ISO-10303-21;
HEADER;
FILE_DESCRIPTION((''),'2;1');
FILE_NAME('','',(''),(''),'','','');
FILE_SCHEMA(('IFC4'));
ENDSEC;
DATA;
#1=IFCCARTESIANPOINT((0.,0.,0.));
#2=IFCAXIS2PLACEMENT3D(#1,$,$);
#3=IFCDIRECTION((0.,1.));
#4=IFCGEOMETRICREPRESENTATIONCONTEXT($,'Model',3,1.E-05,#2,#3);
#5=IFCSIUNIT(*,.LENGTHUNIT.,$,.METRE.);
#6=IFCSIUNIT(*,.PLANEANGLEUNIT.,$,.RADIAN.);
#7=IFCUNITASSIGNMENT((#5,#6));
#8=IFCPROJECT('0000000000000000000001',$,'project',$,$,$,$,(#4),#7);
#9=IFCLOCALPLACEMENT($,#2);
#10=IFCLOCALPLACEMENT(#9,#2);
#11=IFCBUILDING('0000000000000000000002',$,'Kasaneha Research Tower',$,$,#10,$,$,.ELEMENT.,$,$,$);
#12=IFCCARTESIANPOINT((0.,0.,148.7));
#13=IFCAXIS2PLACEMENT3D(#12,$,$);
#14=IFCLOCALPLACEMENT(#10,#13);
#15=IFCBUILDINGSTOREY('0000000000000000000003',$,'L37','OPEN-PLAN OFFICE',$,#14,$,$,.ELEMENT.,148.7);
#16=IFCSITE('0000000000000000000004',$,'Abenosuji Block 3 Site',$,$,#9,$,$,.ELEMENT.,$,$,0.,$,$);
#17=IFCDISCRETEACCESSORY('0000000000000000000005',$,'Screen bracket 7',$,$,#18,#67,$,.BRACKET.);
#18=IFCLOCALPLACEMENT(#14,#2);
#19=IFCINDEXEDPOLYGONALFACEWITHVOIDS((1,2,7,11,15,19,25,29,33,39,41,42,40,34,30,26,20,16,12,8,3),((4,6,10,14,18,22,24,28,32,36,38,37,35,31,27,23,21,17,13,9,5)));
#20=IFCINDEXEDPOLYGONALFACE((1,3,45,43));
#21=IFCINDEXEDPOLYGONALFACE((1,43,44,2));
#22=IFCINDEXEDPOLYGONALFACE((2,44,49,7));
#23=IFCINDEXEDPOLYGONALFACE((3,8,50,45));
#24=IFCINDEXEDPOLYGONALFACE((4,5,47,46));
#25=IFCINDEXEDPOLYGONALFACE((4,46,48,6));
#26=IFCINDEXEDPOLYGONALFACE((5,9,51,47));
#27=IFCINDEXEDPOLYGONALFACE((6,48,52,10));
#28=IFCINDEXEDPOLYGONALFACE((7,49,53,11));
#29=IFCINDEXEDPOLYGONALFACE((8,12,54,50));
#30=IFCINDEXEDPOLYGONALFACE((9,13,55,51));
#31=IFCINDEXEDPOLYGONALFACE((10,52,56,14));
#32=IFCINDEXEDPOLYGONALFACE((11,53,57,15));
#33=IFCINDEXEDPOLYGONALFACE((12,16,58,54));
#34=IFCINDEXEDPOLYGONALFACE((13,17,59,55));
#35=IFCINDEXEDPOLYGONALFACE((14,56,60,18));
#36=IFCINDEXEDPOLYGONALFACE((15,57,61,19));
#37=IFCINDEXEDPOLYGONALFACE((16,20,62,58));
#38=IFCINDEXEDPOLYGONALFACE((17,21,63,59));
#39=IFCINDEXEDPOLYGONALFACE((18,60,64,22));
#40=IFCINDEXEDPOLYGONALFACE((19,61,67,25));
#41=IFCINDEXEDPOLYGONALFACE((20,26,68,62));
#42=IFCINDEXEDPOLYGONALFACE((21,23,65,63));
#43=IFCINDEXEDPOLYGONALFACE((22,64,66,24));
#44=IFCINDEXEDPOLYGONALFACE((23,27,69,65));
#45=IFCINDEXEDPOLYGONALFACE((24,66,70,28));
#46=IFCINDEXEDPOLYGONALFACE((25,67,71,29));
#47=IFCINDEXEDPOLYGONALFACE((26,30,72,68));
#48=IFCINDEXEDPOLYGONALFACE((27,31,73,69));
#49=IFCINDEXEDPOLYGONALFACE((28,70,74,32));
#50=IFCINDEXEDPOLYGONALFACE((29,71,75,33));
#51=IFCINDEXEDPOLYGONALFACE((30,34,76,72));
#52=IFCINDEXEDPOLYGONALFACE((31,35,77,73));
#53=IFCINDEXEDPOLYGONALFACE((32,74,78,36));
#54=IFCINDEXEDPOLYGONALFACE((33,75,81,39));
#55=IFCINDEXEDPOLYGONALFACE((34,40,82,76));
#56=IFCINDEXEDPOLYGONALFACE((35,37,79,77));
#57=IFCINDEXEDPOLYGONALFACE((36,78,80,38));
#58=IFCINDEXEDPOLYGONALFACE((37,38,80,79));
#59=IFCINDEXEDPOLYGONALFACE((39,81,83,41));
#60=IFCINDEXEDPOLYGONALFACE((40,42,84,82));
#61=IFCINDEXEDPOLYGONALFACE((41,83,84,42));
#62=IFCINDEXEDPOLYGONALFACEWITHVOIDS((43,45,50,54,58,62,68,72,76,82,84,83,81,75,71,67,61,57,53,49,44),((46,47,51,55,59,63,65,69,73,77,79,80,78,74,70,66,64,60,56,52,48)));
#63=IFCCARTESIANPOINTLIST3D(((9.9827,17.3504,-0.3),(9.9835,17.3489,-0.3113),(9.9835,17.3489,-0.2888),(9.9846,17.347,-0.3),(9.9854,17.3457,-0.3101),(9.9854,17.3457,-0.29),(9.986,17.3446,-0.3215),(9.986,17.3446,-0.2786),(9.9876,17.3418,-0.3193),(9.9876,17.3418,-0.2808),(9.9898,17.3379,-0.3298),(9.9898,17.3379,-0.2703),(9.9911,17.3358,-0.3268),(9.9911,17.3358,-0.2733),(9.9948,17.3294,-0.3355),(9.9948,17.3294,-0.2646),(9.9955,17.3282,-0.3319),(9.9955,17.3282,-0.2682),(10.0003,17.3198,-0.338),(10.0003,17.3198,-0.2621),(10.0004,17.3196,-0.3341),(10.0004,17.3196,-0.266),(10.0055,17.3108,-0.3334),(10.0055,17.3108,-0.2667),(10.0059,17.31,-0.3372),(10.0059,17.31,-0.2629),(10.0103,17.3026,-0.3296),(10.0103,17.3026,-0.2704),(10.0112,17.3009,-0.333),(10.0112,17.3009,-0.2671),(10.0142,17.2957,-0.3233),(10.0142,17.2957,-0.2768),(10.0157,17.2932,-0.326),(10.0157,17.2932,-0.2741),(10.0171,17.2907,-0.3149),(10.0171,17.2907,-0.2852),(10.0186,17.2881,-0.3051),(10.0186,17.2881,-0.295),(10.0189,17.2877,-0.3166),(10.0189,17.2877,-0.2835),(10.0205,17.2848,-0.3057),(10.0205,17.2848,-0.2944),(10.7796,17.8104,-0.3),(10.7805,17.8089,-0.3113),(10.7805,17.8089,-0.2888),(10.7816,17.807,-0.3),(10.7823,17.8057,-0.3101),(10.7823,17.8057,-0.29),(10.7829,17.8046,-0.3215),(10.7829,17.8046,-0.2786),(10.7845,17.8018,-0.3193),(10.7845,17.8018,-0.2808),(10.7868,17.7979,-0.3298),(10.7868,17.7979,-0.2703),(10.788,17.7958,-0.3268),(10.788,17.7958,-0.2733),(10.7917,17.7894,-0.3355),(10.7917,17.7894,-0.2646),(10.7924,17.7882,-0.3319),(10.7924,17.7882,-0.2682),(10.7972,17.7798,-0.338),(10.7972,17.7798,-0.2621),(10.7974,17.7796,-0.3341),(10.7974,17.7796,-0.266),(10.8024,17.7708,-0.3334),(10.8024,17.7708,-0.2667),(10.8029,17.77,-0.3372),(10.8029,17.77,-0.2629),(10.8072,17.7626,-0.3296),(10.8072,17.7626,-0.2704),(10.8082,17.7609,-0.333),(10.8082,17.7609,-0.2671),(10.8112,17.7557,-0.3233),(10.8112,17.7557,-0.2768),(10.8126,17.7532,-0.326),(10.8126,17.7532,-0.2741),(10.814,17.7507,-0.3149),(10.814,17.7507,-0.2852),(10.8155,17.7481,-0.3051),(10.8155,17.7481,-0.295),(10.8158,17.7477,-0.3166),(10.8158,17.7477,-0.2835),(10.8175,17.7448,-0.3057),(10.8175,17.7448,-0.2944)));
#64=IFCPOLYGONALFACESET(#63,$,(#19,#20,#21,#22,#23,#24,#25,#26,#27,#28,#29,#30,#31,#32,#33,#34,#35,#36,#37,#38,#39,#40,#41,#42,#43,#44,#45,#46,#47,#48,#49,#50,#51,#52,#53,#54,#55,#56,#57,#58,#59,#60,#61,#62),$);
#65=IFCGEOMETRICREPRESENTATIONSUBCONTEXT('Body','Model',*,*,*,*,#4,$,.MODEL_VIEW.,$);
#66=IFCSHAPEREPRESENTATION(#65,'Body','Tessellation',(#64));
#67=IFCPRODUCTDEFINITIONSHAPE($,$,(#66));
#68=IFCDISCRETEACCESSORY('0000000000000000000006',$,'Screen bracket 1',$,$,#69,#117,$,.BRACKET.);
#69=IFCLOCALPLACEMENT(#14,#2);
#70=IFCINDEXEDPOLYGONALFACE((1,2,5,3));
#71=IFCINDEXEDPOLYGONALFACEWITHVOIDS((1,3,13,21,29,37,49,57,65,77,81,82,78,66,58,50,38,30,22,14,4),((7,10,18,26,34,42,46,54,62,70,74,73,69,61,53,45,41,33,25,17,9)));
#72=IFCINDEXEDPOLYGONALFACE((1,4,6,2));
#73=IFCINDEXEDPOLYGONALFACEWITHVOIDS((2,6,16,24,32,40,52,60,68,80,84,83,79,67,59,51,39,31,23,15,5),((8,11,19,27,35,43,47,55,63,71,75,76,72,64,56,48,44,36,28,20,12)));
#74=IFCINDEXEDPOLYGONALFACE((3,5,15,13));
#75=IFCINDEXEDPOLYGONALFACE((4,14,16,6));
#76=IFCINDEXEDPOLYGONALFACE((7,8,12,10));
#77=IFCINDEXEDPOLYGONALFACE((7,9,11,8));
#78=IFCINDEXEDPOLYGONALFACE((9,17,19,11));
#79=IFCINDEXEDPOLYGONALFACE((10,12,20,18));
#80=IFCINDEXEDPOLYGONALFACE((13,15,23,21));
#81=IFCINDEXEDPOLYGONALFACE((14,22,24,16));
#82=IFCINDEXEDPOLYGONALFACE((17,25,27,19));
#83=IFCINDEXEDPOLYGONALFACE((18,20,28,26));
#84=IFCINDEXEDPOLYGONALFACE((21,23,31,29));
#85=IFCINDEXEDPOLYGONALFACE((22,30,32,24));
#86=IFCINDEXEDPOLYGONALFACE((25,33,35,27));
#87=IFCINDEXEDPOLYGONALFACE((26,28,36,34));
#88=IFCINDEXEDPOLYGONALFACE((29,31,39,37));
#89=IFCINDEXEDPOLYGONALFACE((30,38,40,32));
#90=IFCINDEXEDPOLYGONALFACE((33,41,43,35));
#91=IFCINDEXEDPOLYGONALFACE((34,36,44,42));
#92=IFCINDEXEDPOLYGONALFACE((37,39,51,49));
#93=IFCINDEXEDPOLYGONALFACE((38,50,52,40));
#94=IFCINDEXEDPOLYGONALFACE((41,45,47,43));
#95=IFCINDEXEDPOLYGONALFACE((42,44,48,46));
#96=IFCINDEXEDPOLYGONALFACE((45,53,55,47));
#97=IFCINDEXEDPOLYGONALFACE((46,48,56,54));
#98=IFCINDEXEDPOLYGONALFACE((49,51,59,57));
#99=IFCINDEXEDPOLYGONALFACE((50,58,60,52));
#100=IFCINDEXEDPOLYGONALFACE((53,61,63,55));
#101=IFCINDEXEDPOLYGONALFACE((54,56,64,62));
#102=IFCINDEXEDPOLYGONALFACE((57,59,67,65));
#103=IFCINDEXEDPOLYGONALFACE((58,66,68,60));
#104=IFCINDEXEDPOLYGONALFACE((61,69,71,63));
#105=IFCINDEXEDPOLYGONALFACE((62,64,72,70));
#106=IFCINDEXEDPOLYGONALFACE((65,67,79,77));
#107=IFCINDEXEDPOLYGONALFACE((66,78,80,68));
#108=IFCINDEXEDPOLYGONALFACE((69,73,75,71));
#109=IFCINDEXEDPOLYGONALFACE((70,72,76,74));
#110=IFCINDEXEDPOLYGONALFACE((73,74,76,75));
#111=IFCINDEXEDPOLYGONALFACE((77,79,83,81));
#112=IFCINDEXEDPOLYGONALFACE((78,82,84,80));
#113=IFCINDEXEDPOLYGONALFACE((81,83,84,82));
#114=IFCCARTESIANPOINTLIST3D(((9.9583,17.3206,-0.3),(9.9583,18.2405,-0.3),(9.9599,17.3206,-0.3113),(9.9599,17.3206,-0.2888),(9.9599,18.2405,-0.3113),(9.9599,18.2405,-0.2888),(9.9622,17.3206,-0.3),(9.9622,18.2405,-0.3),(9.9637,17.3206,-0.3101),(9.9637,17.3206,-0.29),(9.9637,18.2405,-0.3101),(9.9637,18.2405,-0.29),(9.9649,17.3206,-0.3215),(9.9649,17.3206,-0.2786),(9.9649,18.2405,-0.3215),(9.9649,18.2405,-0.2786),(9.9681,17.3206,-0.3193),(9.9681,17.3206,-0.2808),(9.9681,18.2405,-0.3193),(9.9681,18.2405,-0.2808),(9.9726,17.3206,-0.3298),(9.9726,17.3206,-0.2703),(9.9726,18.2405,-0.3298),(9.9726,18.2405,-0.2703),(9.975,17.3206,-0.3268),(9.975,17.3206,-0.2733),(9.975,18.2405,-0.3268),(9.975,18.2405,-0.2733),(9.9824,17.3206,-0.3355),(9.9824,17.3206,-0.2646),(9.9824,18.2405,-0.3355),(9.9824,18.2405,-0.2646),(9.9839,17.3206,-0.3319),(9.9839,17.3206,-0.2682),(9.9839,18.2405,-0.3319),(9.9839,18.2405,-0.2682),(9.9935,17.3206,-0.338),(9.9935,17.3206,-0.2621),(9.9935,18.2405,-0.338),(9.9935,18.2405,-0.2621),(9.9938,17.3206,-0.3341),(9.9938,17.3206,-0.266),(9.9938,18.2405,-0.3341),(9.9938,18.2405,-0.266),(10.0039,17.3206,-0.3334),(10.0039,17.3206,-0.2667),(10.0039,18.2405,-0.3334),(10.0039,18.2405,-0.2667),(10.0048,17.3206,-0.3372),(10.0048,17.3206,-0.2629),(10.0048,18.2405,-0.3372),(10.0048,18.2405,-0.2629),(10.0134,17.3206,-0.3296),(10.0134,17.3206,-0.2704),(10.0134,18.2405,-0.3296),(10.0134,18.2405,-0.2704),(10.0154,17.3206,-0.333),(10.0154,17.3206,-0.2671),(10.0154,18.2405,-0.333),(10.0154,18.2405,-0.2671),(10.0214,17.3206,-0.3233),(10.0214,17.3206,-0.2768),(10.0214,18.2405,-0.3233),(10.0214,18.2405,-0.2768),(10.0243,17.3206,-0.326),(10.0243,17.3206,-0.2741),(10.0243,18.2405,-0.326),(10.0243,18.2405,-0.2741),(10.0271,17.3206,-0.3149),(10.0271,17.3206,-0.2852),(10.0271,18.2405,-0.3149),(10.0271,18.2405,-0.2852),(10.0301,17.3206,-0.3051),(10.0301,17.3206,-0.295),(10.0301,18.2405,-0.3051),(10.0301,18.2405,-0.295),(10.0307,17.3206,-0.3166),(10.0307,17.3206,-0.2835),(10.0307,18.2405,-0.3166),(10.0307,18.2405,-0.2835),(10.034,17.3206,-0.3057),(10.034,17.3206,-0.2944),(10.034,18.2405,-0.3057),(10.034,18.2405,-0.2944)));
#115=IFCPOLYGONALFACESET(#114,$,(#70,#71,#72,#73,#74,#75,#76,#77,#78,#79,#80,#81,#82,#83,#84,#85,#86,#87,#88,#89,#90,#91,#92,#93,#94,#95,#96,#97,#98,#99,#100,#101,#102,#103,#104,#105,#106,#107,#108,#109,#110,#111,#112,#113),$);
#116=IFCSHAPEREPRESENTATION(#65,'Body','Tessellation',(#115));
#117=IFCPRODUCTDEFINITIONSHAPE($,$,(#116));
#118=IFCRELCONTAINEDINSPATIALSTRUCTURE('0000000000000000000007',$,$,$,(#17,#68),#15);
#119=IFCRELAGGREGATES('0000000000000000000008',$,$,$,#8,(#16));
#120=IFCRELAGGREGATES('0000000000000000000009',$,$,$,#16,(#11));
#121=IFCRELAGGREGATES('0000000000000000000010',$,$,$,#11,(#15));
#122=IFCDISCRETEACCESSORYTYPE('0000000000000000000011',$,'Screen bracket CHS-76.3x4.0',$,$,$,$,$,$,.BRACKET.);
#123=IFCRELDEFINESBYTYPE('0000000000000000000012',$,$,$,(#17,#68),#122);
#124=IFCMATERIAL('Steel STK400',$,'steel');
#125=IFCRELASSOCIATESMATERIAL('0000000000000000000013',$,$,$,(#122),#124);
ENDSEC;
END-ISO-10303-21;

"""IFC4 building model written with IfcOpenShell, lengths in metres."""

from ifc_helpers import new_model, si_unit, direction, frame, origin, origin_2d, place, context, subcontext, project, spatial, hollow_circle, extrude, material, material_profile, profile_set, type_object, element, save


model = new_model("IFC4")

# Units and contexts
model_context = context("Model", 3, precision=1e-05, world=origin(), true_north=direction((0.0, 1.0)))
body_context = subcontext(model_context, "Body", "Model", "MODEL_VIEW")
ifc_project = project(units=[si_unit("LENGTHUNIT", "METRE"), si_unit("PLANEANGLEUNIT", "RADIAN")], contexts=[model_context])

# Site, building, storey
site_placement = place(None, origin())
site = spatial("IfcSite", under=ifc_project, at=site_placement, Name="Abenosuji Block 3 Site", CompositionType="ELEMENT", RefElevation=0.0)
building_placement = place(site_placement, origin())
building = spatial("IfcBuilding", under=site, at=building_placement, Name="Kasaneha Research Tower", CompositionType="ELEMENT")
storey_placement = place(building_placement, frame((0.0, 0.0, 148.7)))
storey = spatial("IfcBuildingStorey", under=building, at=storey_placement, Name="L37", Description="OPEN-PLAN OFFICE", CompositionType="ELEMENT", Elevation=148.7)

# Discrete accessories
ifc_material_1 = material(Name="Steel STK400", Category="steel")
ifc_material_profile_1 = material_profile(ifc_material_1, hollow_circle(Radius=0.0381, WallThickness=0.0039, at=origin_2d()), Name="CHS-76.3x4.0")
ifc_profile_set_1 = profile_set([ifc_material_profile_1], Name="Steel STK400")
discrete_accessory_type = type_object("IfcDiscreteAccessoryType", Name="Screen bracket CHS-76.3x4.0", PredefinedType="BRACKET", material=ifc_profile_set_1)
for number, where, z_axis, x_axis, name in (
    (1, (10.0017, 17.3174, -0.3), (0.86608, 0.499906, 0.0), (-0.499906, 0.86608, 0.0), "Screen bracket 7"),
):
    element("IfcDiscreteAccessory", number, at=place(storey_placement, frame(where, z_axis=z_axis, x_axis=x_axis)), inside=storey, type_object=discrete_accessory_type, Name=name, PredefinedType="BRACKET", context=body_context, shape_type="SweptSolid", body=[
        extrude(hollow_circle(Radius=0.0381, WallThickness=0.0039, at=origin_2d()), origin(), (0.0, 0.0, 1.0), 0.9202),
    ])
discrete_accessory_placement = place(storey_placement, frame((9.9963, 17.3206, -0.3), z_axis=(0.0, 1.0, 0.0), x_axis=(-1.0, 0.0, 0.0)))
element("IfcDiscreteAccessory", 2, at=discrete_accessory_placement, inside=storey, type_object=discrete_accessory_type, Name="Screen bracket 1", PredefinedType="BRACKET", context=body_context, shape_type="SweptSolid", body=[
    extrude(hollow_circle(Radius=0.0381, WallThickness=0.0039, at=origin_2d()), origin(), (0.0, 0.0, 1.0), 0.9199),
])

save(model, "model.ifc")
